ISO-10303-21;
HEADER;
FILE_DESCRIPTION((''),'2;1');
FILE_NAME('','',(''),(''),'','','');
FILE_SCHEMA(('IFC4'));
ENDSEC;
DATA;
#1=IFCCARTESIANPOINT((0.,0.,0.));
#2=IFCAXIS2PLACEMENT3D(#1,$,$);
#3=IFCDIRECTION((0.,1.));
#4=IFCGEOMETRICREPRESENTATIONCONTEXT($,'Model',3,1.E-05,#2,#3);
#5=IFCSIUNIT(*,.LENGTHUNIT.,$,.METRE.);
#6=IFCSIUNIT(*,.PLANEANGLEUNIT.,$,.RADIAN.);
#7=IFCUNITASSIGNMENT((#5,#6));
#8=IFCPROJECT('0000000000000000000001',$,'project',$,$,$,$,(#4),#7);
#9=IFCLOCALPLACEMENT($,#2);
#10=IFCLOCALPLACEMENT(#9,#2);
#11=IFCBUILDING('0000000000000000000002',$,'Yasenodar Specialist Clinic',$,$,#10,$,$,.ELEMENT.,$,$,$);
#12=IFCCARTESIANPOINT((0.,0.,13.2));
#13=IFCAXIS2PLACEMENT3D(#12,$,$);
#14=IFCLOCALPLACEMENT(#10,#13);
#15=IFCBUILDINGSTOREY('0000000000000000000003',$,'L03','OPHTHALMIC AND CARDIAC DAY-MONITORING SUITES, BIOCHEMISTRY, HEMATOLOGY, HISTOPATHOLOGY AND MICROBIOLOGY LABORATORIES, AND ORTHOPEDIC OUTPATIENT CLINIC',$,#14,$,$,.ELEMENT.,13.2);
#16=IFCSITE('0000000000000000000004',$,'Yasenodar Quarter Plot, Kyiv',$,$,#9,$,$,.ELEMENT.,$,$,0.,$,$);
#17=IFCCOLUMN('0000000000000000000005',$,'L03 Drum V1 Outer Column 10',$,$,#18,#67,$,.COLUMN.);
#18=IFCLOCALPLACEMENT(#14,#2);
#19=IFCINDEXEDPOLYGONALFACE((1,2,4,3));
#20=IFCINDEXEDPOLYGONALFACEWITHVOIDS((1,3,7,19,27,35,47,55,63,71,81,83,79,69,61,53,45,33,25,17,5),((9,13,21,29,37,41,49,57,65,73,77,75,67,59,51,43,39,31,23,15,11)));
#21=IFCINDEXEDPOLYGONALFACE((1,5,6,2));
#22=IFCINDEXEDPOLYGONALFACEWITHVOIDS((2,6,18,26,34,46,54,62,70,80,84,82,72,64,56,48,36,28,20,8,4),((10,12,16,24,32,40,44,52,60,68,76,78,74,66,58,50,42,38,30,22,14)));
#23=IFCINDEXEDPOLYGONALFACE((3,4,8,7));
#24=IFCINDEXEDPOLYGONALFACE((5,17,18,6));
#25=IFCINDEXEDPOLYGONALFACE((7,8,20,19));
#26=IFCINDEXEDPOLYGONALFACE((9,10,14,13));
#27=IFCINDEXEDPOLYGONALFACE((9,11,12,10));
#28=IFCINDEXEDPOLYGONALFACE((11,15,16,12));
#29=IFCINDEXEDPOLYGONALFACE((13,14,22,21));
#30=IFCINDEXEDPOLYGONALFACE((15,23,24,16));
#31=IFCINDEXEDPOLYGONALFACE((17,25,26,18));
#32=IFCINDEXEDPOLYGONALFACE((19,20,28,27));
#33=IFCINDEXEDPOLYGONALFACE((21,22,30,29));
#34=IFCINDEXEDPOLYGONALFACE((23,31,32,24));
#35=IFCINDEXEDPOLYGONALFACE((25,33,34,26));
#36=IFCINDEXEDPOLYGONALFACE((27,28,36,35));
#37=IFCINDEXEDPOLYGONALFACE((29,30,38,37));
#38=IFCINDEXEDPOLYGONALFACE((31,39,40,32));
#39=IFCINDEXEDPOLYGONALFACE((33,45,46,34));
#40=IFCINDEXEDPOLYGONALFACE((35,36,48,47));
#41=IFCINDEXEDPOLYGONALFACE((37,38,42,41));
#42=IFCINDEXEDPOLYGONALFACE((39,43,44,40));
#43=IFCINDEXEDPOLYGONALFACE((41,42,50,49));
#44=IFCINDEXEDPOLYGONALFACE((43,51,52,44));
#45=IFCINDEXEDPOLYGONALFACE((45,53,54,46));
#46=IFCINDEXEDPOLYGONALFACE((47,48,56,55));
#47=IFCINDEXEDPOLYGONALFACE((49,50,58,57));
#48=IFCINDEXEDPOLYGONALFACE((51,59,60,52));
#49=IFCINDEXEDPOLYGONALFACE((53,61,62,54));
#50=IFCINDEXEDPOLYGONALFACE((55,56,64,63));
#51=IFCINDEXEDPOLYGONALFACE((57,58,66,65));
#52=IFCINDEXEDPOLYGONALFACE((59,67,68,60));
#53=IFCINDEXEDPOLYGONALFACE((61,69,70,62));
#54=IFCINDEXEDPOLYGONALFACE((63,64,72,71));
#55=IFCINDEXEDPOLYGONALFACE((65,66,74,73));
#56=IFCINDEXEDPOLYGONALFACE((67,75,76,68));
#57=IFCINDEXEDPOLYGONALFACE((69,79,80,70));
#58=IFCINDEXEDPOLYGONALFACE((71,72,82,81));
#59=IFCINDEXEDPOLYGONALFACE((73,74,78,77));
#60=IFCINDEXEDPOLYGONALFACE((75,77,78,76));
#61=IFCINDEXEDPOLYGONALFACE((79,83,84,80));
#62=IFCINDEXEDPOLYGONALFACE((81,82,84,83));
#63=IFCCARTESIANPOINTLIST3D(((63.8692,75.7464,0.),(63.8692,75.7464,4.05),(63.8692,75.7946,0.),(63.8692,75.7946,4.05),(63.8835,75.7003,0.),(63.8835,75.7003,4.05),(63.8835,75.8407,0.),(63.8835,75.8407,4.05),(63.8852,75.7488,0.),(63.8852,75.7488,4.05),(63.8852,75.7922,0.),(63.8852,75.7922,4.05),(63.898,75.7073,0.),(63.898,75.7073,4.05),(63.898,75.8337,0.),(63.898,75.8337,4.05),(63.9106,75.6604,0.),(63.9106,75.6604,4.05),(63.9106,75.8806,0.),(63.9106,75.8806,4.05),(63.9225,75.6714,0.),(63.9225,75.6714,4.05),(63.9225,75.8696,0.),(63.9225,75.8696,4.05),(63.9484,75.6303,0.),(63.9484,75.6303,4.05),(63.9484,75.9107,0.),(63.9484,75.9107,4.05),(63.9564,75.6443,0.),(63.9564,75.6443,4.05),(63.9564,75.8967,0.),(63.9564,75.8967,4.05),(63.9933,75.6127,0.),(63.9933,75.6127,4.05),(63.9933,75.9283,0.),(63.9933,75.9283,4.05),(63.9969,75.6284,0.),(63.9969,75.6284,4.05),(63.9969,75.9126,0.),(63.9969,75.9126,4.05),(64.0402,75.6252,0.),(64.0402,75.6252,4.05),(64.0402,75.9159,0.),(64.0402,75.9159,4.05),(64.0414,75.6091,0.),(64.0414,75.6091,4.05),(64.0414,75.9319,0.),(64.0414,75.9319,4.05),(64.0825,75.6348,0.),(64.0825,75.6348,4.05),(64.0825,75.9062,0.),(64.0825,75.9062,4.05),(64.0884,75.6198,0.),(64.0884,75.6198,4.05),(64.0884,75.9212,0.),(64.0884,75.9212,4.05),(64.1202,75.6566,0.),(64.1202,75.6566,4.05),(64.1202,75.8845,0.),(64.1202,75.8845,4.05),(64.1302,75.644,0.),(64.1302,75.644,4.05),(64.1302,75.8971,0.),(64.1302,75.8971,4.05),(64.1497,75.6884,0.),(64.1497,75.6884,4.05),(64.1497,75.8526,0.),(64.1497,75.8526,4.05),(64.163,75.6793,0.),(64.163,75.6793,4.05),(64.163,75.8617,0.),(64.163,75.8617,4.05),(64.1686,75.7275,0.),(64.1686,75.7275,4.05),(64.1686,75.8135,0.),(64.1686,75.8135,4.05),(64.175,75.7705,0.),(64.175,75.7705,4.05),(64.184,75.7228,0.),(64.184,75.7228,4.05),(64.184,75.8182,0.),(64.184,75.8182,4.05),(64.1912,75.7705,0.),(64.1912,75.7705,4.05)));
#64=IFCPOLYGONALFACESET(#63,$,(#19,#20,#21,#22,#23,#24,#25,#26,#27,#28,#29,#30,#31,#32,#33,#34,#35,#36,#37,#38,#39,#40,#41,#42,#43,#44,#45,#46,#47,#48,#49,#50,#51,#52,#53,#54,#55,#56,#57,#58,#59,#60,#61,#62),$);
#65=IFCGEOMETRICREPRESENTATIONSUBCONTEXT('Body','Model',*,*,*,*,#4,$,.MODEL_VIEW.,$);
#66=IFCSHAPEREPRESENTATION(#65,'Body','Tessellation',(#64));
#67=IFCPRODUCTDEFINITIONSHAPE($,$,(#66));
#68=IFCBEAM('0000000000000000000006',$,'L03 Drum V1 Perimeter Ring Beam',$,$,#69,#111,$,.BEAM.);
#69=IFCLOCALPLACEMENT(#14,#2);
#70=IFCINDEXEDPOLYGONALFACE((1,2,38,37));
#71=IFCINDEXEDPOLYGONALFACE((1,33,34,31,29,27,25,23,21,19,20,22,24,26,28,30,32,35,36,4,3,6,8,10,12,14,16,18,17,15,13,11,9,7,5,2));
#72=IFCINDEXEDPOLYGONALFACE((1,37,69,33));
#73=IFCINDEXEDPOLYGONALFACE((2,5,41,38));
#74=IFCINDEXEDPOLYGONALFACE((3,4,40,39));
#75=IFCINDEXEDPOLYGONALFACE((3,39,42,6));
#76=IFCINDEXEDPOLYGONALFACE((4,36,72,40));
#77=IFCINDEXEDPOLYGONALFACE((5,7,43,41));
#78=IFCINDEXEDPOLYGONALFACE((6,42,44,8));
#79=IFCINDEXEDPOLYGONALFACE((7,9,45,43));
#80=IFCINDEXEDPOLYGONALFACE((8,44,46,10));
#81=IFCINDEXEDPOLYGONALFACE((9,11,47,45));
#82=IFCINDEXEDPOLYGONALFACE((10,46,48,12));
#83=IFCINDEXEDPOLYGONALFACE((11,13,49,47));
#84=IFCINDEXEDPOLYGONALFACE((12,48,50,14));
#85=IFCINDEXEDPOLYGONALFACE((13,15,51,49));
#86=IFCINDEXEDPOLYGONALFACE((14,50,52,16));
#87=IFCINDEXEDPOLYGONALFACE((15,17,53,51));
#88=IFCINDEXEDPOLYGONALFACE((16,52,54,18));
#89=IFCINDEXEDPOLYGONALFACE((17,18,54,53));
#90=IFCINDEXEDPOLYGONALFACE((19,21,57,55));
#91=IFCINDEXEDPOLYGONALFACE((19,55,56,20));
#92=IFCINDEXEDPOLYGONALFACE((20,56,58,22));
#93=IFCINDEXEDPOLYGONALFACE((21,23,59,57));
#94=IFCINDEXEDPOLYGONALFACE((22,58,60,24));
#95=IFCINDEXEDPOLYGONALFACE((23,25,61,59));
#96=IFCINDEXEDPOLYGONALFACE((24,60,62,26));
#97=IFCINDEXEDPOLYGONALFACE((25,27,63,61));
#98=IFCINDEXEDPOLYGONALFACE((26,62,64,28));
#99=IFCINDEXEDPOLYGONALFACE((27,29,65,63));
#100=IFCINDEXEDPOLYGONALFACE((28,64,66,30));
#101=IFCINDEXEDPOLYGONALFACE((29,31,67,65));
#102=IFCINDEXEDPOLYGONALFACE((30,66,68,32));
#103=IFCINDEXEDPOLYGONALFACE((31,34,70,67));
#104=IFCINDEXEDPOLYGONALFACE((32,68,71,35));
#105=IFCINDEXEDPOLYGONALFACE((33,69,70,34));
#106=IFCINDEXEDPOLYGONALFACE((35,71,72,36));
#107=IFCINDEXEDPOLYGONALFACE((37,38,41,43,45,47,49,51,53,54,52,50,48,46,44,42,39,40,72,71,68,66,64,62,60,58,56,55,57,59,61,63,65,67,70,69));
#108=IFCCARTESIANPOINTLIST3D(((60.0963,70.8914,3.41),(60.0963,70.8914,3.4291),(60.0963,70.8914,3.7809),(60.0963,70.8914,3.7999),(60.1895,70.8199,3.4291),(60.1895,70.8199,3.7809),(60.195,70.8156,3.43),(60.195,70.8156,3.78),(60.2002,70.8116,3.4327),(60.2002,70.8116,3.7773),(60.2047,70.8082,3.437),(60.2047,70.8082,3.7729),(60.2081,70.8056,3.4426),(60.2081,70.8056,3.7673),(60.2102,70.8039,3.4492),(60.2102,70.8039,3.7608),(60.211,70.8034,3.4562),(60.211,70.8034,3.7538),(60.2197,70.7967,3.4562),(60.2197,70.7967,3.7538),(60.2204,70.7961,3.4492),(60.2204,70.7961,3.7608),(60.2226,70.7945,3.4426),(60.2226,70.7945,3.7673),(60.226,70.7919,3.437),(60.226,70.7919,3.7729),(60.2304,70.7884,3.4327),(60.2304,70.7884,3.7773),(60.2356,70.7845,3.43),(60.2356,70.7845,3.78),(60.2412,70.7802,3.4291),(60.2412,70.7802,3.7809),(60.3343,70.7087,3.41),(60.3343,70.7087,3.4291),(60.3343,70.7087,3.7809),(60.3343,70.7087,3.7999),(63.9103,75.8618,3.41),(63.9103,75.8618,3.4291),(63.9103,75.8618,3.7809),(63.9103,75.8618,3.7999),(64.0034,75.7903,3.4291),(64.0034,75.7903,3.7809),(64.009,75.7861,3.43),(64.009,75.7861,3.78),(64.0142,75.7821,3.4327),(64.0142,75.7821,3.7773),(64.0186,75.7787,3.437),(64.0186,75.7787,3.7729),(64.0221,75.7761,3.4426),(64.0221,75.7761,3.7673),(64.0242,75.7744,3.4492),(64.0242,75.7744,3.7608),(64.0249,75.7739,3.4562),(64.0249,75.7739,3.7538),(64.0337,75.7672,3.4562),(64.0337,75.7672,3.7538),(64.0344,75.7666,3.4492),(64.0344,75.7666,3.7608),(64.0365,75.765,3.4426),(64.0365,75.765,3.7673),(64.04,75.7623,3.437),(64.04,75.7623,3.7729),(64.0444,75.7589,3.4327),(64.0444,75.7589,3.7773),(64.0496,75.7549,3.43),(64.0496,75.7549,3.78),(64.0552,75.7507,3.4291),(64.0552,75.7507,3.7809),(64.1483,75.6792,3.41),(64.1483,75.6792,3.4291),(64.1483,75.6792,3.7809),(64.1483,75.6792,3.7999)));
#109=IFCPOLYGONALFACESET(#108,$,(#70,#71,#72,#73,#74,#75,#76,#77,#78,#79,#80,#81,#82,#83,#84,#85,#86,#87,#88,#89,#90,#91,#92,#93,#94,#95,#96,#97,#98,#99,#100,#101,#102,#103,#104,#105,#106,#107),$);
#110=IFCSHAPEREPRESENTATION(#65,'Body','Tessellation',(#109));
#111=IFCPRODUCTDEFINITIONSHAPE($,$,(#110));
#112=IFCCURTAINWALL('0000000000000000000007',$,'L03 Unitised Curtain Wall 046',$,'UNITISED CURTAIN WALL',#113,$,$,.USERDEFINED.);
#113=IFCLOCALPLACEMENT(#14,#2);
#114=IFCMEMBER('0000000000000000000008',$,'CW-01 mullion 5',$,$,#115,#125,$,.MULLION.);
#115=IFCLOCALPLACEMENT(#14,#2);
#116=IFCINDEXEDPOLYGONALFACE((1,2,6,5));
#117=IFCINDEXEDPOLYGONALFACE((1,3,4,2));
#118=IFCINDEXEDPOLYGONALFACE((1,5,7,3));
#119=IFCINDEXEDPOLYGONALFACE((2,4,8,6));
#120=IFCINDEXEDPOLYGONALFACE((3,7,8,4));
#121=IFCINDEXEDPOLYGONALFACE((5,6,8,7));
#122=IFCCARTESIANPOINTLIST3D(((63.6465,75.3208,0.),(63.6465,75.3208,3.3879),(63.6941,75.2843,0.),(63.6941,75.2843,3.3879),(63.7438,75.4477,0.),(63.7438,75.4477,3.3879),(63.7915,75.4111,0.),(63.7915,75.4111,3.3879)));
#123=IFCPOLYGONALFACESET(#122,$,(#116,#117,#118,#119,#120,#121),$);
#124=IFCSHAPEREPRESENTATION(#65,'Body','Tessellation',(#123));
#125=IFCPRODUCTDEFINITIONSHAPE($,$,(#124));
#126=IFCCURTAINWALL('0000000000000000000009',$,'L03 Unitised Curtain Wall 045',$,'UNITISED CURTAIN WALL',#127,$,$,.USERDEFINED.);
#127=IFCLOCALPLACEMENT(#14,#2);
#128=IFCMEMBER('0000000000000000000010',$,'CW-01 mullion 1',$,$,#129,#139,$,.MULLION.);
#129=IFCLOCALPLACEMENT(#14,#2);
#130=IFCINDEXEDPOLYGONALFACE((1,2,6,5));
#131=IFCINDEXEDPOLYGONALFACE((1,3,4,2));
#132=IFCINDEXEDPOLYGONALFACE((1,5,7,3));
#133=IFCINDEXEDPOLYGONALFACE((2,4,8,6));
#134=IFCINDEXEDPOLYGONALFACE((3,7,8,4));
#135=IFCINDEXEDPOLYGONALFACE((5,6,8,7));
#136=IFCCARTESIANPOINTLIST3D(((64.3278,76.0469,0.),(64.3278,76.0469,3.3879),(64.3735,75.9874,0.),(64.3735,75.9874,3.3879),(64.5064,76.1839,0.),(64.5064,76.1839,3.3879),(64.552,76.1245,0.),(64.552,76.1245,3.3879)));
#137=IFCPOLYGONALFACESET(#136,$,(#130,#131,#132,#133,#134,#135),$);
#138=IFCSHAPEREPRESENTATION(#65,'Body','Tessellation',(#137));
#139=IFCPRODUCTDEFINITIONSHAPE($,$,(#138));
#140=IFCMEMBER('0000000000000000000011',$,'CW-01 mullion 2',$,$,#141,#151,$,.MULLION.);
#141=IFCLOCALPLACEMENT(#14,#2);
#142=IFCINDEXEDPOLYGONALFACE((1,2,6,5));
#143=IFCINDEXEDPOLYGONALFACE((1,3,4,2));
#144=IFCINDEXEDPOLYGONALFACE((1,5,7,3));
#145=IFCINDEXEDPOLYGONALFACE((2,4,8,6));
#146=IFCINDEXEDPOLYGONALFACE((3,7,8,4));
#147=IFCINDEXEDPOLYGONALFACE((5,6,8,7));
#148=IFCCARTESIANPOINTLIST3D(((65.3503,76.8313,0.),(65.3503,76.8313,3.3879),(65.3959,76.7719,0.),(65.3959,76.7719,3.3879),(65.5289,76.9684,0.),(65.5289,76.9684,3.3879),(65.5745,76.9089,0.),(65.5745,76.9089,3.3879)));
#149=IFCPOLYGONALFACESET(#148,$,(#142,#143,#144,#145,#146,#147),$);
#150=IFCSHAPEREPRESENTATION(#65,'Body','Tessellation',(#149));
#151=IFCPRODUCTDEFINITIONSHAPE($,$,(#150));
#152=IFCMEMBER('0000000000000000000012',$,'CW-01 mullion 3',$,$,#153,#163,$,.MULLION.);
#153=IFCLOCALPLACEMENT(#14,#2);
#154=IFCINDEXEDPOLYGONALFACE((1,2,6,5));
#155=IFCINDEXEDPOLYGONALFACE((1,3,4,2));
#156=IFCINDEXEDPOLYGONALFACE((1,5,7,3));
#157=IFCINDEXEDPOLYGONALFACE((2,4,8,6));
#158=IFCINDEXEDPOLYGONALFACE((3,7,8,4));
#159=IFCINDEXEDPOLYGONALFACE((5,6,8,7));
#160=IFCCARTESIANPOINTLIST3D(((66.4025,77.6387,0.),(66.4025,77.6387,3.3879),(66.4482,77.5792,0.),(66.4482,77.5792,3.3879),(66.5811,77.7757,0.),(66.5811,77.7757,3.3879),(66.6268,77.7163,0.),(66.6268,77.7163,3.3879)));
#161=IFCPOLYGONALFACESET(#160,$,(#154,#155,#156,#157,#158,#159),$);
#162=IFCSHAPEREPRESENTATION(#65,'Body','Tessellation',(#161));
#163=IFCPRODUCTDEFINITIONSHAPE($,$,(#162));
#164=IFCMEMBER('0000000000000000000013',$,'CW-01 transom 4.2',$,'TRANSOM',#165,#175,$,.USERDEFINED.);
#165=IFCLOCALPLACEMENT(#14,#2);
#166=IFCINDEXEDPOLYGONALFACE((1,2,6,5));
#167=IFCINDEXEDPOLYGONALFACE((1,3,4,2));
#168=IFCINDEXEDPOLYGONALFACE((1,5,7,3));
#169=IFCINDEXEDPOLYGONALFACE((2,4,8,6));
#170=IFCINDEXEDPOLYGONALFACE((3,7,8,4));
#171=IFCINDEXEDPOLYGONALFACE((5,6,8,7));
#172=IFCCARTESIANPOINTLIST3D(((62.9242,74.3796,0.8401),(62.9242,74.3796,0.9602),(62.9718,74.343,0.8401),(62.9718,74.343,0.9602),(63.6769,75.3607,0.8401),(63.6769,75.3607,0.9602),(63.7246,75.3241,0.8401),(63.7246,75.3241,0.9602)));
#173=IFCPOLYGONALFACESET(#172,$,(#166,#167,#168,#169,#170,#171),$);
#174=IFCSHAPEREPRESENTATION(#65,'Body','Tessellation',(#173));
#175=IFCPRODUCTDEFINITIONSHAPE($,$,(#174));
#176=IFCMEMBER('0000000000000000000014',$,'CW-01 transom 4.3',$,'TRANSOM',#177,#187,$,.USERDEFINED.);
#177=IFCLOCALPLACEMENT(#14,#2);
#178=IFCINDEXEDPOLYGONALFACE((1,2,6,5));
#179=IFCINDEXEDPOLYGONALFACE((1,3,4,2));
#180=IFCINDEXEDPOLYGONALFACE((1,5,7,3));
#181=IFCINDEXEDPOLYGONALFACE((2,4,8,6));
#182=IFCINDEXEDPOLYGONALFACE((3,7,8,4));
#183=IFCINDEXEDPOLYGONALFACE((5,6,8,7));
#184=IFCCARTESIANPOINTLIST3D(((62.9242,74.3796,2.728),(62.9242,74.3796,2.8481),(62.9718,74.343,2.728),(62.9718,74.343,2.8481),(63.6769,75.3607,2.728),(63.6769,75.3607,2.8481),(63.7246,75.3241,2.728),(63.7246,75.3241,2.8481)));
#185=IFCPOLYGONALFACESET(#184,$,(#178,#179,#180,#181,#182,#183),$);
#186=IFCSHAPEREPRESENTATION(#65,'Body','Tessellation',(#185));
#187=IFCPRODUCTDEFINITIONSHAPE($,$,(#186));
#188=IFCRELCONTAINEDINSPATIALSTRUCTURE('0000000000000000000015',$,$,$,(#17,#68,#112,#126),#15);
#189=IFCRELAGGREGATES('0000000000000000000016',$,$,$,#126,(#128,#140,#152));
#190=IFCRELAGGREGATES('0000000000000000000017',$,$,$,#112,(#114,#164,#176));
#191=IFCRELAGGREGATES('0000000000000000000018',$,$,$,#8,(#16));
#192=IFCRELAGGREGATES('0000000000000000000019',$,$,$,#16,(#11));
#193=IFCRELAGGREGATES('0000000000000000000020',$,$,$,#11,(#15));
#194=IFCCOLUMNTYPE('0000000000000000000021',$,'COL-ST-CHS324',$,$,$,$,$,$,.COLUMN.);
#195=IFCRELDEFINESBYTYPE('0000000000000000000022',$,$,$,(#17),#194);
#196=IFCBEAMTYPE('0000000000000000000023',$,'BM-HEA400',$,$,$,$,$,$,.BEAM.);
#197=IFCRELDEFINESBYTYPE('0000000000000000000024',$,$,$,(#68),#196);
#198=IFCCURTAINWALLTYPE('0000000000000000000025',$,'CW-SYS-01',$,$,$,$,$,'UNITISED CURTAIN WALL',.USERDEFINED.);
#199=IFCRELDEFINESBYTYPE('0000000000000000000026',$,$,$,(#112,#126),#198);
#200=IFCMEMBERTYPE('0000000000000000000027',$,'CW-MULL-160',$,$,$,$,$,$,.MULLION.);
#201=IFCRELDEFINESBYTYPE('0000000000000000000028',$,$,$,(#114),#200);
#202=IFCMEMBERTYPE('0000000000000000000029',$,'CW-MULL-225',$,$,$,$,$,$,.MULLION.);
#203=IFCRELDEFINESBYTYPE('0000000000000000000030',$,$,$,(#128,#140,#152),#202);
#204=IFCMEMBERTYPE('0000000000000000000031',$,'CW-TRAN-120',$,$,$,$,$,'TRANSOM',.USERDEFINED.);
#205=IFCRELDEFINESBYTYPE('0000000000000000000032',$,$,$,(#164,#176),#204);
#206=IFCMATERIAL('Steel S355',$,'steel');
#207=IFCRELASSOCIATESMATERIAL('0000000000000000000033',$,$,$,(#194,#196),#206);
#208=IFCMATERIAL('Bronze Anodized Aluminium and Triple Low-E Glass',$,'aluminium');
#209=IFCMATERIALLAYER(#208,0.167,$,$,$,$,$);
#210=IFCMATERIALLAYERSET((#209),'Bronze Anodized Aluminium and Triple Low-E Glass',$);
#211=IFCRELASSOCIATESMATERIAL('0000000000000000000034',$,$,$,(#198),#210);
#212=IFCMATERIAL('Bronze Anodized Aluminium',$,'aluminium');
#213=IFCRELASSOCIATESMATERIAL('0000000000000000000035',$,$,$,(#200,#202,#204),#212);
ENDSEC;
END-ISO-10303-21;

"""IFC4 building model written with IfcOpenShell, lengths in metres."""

from ifc_helpers import new_model, si_unit, direction, frame, origin, origin_2d, place, context, subcontext, project, spatial, rectangle, hollow_circle, i_section, extrude, material, layer, layer_set, material_profile, profile_set, type_object, element, aggregate, save


model = new_model("IFC4")

# Units and contexts
model_context = context("Model", 3, precision=1e-05, world=origin(), true_north=direction((0.0, 1.0)))
body_context = subcontext(model_context, "Body", "Model", "MODEL_VIEW")
ifc_project = project(units=[si_unit("LENGTHUNIT", "METRE"), si_unit("PLANEANGLEUNIT", "RADIAN")], contexts=[model_context])

# Site, building, storey
site_placement = place(None, origin())
site = spatial("IfcSite", under=ifc_project, at=site_placement, Name="Yasenodar Quarter Plot, Kyiv", CompositionType="ELEMENT", RefElevation=0.0)
building_placement = place(site_placement, origin())
building = spatial("IfcBuilding", under=site, at=building_placement, Name="Yasenodar Specialist Clinic", CompositionType="ELEMENT")
storey_placement = place(building_placement, frame((0.0, 0.0, 13.2)))
storey = spatial("IfcBuildingStorey", under=building, at=storey_placement, Name="L03", Description="OPHTHALMIC AND CARDIAC DAY-MONITORING SUITES, BIOCHEMISTRY, HEMATOLOGY, HISTOPATHOLOGY AND MICROBIOLOGY LABORATORIES, AND ORTHOPEDIC OUTPATIENT CLINIC", CompositionType="ELEMENT", Elevation=13.2)

# Column
ifc_material_1 = material(Name="Steel S355", Category="steel")
ifc_material_profile_1 = material_profile(ifc_material_1, hollow_circle(Radius=0.1619, WallThickness=0.0161, at=origin_2d()), Name="CHS 323.9x16")
ifc_profile_set_1 = profile_set([ifc_material_profile_1], Name="Steel S355")
column_type = type_object("IfcColumnType", Name="COL-ST-CHS324", PredefinedType="COLUMN", material=ifc_profile_set_1)
column_placement = place(storey_placement, frame((64.0293, 75.7705, 0.0), z_axis=(0.0, 0.0, 1.0), x_axis=(1.0, 0.0, 0.0)))
element("IfcColumn", 1, at=column_placement, inside=storey, type_object=column_type, Name="L03 Drum V1 Outer Column 10", PredefinedType="COLUMN", context=body_context, shape_type="SweptSolid", body=[
    extrude(hollow_circle(Radius=0.1619, WallThickness=0.0161, at=origin_2d()), origin(), (0.0, 0.0, 1.0), 4.05),
])

# Beam
ifc_material_profile_2 = material_profile(ifc_material_1, i_section(OverallWidth=0.3, OverallDepth=0.3899, WebThickness=0.011, FlangeThickness=0.019, FilletRadius=0.0271, at=origin_2d()), Name="HEA 400")
ifc_profile_set_2 = profile_set([ifc_material_profile_2], Name="Steel S355")
beam_type = type_object("IfcBeamType", Name="BM-HEA400", PredefinedType="BEAM", material=ifc_profile_set_2)
beam_placement = place(storey_placement, frame((64.0293, 75.7705, 3.605), z_axis=(-0.608761, -0.793354, 0.0), x_axis=(0.793354, -0.608761, 0.0)))
element("IfcBeam", 2, at=beam_placement, inside=storey, type_object=beam_type, Name="L03 Drum V1 Perimeter Ring Beam", PredefinedType="BEAM", context=body_context, shape_type="SweptSolid", body=[
    extrude(i_section(OverallWidth=0.3, OverallDepth=0.3899, WebThickness=0.011, FlangeThickness=0.019, FilletRadius=0.0271, at=origin_2d()), origin(), (0.0, 0.0, 1.0), 6.2651),
])

# Curtain wall, member
ifc_material_2 = material(Name="Bronze Anodized Aluminium and Triple Low-E Glass", Category="aluminium")
ifc_layer_1 = layer(ifc_material_2, 0.167)
ifc_layer_set_1 = layer_set([ifc_layer_1], Name="Bronze Anodized Aluminium and Triple Low-E Glass")
curtain_wall_type = type_object("IfcCurtainWallType", Name="CW-SYS-01", ElementType="UNITISED CURTAIN WALL", PredefinedType="USERDEFINED", material=ifc_layer_set_1)
curtain_wall_1_placement = place(storey_placement, origin())
curtain_wall_1 = element("IfcCurtainWall", 3, at=curtain_wall_1_placement, inside=storey, type_object=curtain_wall_type, Name="L03 Unitised Curtain Wall 046", ObjectType="UNITISED CURTAIN WALL", PredefinedType="USERDEFINED")
ifc_material_3 = material(Name="Bronze Anodized Aluminium", Category="aluminium")
ifc_material_profile_3 = material_profile(ifc_material_3, rectangle(XDim=0.0601, YDim=0.1599, at=origin_2d()), Name="CW-MULL 60x160")
ifc_profile_set_3 = profile_set([ifc_material_profile_3], Name="Bronze Anodized Aluminium")
member_type_1 = type_object("IfcMemberType", Name="CW-MULL-160", PredefinedType="MULLION", material=ifc_profile_set_3)
member_1_placement = place(storey_placement, frame((63.719, 75.366, 0.0), z_axis=(0.0, 0.0, 1.0), x_axis=(-0.793361, 0.608752, 0.0)))
member_1 = element("IfcMember", 4, at=member_1_placement, type_object=member_type_1, Name="CW-01 mullion 5", PredefinedType="MULLION", context=body_context, shape_type="SweptSolid", body=[
    extrude(rectangle(XDim=0.0601, YDim=0.1599, at=origin_2d()), origin(), (0.0, 0.0, 1.0), 3.3879),
])

# Curtain wall, members
curtain_wall_2_placement = place(storey_placement, origin())
curtain_wall_2 = element("IfcCurtainWall", 5, at=curtain_wall_2_placement, inside=storey, type_object=curtain_wall_type, Name="L03 Unitised Curtain Wall 045", ObjectType="UNITISED CURTAIN WALL", PredefinedType="USERDEFINED")
ifc_material_profile_4 = material_profile(ifc_material_3, rectangle(XDim=0.075, YDim=0.2251, at=origin_2d()), Name="CW-MULL 75x225")
ifc_profile_set_4 = profile_set([ifc_material_profile_4], Name="Bronze Anodized Aluminium")
member_type_2 = type_object("IfcMemberType", Name="CW-MULL-225", PredefinedType="MULLION", material=ifc_profile_set_4)
member_2_placement = place(storey_placement, frame((64.4399, 76.0857, 0.0), z_axis=(0.0, 0.0, 1.0), x_axis=(-0.608752, 0.793361, 0.0)))
member_2 = element("IfcMember", 6, at=member_2_placement, type_object=member_type_2, Name="CW-01 mullion 1", PredefinedType="MULLION", context=body_context, shape_type="SweptSolid", body=[
    extrude(rectangle(XDim=0.075, YDim=0.2251, at=origin_2d()), origin(), (0.0, 0.0, 1.0), 3.3879),
])
member_3_placement = place(storey_placement, frame((65.4624, 76.8701, 0.0), z_axis=(0.0, 0.0, 1.0), x_axis=(-0.608752, 0.793361, 0.0)))
member_3 = element("IfcMember", 7, at=member_3_placement, type_object=member_type_2, Name="CW-01 mullion 2", PredefinedType="MULLION", context=body_context, shape_type="SweptSolid", body=[
    extrude(rectangle(XDim=0.075, YDim=0.2251, at=origin_2d()), origin(), (0.0, 0.0, 1.0), 3.3879),
])
member_4_placement = place(storey_placement, frame((66.5146, 77.6775, 0.0), z_axis=(0.0, 0.0, 1.0), x_axis=(-0.608752, 0.793361, 0.0)))
member_4 = element("IfcMember", 8, at=member_4_placement, type_object=member_type_2, Name="CW-01 mullion 3", PredefinedType="MULLION", context=body_context, shape_type="SweptSolid", body=[
    extrude(rectangle(XDim=0.075, YDim=0.2251, at=origin_2d()), origin(), (0.0, 0.0, 1.0), 3.3879),
])

# Members
ifc_material_profile_5 = material_profile(ifc_material_3, rectangle(XDim=0.0601, YDim=0.1201, at=origin_2d()), Name="CW-TRAN 60x120")
ifc_profile_set_5 = profile_set([ifc_material_profile_5], Name="Bronze Anodized Aluminium")
member_type_3 = type_object("IfcMemberType", Name="CW-TRAN-120", ElementType="TRANSOM", PredefinedType="USERDEFINED", material=ifc_profile_set_5)
member_5_placement = place(storey_placement, frame((62.948, 74.3613, 0.9001), z_axis=(0.608747, 0.793365, 0.0), x_axis=(-0.793365, 0.608747, 0.0)))
member_5 = element("IfcMember", 9, at=member_5_placement, type_object=member_type_3, Name="CW-01 transom 4.2", ObjectType="TRANSOM", PredefinedType="USERDEFINED", context=body_context, shape_type="SweptSolid", body=[
    extrude(rectangle(XDim=0.0601, YDim=0.1201, at=origin_2d()), origin(), (0.0, 0.0, 1.0), 1.2366),
])
member_6_placement = place(storey_placement, frame((62.948, 74.3613, 2.7881), z_axis=(0.608747, 0.793365, 0.0), x_axis=(-0.793365, 0.608747, 0.0)))
member_6 = element("IfcMember", 10, at=member_6_placement, type_object=member_type_3, Name="CW-01 transom 4.3", ObjectType="TRANSOM", PredefinedType="USERDEFINED", context=body_context, shape_type="SweptSolid", body=[
    extrude(rectangle(XDim=0.0601, YDim=0.1201, at=origin_2d()), origin(), (0.0, 0.0, 1.0), 1.2366),
])

aggregate(curtain_wall_2, [member_2, member_3, member_4])
aggregate(curtain_wall_1, [member_1, member_5, member_6])

save(model, "model.ifc")
